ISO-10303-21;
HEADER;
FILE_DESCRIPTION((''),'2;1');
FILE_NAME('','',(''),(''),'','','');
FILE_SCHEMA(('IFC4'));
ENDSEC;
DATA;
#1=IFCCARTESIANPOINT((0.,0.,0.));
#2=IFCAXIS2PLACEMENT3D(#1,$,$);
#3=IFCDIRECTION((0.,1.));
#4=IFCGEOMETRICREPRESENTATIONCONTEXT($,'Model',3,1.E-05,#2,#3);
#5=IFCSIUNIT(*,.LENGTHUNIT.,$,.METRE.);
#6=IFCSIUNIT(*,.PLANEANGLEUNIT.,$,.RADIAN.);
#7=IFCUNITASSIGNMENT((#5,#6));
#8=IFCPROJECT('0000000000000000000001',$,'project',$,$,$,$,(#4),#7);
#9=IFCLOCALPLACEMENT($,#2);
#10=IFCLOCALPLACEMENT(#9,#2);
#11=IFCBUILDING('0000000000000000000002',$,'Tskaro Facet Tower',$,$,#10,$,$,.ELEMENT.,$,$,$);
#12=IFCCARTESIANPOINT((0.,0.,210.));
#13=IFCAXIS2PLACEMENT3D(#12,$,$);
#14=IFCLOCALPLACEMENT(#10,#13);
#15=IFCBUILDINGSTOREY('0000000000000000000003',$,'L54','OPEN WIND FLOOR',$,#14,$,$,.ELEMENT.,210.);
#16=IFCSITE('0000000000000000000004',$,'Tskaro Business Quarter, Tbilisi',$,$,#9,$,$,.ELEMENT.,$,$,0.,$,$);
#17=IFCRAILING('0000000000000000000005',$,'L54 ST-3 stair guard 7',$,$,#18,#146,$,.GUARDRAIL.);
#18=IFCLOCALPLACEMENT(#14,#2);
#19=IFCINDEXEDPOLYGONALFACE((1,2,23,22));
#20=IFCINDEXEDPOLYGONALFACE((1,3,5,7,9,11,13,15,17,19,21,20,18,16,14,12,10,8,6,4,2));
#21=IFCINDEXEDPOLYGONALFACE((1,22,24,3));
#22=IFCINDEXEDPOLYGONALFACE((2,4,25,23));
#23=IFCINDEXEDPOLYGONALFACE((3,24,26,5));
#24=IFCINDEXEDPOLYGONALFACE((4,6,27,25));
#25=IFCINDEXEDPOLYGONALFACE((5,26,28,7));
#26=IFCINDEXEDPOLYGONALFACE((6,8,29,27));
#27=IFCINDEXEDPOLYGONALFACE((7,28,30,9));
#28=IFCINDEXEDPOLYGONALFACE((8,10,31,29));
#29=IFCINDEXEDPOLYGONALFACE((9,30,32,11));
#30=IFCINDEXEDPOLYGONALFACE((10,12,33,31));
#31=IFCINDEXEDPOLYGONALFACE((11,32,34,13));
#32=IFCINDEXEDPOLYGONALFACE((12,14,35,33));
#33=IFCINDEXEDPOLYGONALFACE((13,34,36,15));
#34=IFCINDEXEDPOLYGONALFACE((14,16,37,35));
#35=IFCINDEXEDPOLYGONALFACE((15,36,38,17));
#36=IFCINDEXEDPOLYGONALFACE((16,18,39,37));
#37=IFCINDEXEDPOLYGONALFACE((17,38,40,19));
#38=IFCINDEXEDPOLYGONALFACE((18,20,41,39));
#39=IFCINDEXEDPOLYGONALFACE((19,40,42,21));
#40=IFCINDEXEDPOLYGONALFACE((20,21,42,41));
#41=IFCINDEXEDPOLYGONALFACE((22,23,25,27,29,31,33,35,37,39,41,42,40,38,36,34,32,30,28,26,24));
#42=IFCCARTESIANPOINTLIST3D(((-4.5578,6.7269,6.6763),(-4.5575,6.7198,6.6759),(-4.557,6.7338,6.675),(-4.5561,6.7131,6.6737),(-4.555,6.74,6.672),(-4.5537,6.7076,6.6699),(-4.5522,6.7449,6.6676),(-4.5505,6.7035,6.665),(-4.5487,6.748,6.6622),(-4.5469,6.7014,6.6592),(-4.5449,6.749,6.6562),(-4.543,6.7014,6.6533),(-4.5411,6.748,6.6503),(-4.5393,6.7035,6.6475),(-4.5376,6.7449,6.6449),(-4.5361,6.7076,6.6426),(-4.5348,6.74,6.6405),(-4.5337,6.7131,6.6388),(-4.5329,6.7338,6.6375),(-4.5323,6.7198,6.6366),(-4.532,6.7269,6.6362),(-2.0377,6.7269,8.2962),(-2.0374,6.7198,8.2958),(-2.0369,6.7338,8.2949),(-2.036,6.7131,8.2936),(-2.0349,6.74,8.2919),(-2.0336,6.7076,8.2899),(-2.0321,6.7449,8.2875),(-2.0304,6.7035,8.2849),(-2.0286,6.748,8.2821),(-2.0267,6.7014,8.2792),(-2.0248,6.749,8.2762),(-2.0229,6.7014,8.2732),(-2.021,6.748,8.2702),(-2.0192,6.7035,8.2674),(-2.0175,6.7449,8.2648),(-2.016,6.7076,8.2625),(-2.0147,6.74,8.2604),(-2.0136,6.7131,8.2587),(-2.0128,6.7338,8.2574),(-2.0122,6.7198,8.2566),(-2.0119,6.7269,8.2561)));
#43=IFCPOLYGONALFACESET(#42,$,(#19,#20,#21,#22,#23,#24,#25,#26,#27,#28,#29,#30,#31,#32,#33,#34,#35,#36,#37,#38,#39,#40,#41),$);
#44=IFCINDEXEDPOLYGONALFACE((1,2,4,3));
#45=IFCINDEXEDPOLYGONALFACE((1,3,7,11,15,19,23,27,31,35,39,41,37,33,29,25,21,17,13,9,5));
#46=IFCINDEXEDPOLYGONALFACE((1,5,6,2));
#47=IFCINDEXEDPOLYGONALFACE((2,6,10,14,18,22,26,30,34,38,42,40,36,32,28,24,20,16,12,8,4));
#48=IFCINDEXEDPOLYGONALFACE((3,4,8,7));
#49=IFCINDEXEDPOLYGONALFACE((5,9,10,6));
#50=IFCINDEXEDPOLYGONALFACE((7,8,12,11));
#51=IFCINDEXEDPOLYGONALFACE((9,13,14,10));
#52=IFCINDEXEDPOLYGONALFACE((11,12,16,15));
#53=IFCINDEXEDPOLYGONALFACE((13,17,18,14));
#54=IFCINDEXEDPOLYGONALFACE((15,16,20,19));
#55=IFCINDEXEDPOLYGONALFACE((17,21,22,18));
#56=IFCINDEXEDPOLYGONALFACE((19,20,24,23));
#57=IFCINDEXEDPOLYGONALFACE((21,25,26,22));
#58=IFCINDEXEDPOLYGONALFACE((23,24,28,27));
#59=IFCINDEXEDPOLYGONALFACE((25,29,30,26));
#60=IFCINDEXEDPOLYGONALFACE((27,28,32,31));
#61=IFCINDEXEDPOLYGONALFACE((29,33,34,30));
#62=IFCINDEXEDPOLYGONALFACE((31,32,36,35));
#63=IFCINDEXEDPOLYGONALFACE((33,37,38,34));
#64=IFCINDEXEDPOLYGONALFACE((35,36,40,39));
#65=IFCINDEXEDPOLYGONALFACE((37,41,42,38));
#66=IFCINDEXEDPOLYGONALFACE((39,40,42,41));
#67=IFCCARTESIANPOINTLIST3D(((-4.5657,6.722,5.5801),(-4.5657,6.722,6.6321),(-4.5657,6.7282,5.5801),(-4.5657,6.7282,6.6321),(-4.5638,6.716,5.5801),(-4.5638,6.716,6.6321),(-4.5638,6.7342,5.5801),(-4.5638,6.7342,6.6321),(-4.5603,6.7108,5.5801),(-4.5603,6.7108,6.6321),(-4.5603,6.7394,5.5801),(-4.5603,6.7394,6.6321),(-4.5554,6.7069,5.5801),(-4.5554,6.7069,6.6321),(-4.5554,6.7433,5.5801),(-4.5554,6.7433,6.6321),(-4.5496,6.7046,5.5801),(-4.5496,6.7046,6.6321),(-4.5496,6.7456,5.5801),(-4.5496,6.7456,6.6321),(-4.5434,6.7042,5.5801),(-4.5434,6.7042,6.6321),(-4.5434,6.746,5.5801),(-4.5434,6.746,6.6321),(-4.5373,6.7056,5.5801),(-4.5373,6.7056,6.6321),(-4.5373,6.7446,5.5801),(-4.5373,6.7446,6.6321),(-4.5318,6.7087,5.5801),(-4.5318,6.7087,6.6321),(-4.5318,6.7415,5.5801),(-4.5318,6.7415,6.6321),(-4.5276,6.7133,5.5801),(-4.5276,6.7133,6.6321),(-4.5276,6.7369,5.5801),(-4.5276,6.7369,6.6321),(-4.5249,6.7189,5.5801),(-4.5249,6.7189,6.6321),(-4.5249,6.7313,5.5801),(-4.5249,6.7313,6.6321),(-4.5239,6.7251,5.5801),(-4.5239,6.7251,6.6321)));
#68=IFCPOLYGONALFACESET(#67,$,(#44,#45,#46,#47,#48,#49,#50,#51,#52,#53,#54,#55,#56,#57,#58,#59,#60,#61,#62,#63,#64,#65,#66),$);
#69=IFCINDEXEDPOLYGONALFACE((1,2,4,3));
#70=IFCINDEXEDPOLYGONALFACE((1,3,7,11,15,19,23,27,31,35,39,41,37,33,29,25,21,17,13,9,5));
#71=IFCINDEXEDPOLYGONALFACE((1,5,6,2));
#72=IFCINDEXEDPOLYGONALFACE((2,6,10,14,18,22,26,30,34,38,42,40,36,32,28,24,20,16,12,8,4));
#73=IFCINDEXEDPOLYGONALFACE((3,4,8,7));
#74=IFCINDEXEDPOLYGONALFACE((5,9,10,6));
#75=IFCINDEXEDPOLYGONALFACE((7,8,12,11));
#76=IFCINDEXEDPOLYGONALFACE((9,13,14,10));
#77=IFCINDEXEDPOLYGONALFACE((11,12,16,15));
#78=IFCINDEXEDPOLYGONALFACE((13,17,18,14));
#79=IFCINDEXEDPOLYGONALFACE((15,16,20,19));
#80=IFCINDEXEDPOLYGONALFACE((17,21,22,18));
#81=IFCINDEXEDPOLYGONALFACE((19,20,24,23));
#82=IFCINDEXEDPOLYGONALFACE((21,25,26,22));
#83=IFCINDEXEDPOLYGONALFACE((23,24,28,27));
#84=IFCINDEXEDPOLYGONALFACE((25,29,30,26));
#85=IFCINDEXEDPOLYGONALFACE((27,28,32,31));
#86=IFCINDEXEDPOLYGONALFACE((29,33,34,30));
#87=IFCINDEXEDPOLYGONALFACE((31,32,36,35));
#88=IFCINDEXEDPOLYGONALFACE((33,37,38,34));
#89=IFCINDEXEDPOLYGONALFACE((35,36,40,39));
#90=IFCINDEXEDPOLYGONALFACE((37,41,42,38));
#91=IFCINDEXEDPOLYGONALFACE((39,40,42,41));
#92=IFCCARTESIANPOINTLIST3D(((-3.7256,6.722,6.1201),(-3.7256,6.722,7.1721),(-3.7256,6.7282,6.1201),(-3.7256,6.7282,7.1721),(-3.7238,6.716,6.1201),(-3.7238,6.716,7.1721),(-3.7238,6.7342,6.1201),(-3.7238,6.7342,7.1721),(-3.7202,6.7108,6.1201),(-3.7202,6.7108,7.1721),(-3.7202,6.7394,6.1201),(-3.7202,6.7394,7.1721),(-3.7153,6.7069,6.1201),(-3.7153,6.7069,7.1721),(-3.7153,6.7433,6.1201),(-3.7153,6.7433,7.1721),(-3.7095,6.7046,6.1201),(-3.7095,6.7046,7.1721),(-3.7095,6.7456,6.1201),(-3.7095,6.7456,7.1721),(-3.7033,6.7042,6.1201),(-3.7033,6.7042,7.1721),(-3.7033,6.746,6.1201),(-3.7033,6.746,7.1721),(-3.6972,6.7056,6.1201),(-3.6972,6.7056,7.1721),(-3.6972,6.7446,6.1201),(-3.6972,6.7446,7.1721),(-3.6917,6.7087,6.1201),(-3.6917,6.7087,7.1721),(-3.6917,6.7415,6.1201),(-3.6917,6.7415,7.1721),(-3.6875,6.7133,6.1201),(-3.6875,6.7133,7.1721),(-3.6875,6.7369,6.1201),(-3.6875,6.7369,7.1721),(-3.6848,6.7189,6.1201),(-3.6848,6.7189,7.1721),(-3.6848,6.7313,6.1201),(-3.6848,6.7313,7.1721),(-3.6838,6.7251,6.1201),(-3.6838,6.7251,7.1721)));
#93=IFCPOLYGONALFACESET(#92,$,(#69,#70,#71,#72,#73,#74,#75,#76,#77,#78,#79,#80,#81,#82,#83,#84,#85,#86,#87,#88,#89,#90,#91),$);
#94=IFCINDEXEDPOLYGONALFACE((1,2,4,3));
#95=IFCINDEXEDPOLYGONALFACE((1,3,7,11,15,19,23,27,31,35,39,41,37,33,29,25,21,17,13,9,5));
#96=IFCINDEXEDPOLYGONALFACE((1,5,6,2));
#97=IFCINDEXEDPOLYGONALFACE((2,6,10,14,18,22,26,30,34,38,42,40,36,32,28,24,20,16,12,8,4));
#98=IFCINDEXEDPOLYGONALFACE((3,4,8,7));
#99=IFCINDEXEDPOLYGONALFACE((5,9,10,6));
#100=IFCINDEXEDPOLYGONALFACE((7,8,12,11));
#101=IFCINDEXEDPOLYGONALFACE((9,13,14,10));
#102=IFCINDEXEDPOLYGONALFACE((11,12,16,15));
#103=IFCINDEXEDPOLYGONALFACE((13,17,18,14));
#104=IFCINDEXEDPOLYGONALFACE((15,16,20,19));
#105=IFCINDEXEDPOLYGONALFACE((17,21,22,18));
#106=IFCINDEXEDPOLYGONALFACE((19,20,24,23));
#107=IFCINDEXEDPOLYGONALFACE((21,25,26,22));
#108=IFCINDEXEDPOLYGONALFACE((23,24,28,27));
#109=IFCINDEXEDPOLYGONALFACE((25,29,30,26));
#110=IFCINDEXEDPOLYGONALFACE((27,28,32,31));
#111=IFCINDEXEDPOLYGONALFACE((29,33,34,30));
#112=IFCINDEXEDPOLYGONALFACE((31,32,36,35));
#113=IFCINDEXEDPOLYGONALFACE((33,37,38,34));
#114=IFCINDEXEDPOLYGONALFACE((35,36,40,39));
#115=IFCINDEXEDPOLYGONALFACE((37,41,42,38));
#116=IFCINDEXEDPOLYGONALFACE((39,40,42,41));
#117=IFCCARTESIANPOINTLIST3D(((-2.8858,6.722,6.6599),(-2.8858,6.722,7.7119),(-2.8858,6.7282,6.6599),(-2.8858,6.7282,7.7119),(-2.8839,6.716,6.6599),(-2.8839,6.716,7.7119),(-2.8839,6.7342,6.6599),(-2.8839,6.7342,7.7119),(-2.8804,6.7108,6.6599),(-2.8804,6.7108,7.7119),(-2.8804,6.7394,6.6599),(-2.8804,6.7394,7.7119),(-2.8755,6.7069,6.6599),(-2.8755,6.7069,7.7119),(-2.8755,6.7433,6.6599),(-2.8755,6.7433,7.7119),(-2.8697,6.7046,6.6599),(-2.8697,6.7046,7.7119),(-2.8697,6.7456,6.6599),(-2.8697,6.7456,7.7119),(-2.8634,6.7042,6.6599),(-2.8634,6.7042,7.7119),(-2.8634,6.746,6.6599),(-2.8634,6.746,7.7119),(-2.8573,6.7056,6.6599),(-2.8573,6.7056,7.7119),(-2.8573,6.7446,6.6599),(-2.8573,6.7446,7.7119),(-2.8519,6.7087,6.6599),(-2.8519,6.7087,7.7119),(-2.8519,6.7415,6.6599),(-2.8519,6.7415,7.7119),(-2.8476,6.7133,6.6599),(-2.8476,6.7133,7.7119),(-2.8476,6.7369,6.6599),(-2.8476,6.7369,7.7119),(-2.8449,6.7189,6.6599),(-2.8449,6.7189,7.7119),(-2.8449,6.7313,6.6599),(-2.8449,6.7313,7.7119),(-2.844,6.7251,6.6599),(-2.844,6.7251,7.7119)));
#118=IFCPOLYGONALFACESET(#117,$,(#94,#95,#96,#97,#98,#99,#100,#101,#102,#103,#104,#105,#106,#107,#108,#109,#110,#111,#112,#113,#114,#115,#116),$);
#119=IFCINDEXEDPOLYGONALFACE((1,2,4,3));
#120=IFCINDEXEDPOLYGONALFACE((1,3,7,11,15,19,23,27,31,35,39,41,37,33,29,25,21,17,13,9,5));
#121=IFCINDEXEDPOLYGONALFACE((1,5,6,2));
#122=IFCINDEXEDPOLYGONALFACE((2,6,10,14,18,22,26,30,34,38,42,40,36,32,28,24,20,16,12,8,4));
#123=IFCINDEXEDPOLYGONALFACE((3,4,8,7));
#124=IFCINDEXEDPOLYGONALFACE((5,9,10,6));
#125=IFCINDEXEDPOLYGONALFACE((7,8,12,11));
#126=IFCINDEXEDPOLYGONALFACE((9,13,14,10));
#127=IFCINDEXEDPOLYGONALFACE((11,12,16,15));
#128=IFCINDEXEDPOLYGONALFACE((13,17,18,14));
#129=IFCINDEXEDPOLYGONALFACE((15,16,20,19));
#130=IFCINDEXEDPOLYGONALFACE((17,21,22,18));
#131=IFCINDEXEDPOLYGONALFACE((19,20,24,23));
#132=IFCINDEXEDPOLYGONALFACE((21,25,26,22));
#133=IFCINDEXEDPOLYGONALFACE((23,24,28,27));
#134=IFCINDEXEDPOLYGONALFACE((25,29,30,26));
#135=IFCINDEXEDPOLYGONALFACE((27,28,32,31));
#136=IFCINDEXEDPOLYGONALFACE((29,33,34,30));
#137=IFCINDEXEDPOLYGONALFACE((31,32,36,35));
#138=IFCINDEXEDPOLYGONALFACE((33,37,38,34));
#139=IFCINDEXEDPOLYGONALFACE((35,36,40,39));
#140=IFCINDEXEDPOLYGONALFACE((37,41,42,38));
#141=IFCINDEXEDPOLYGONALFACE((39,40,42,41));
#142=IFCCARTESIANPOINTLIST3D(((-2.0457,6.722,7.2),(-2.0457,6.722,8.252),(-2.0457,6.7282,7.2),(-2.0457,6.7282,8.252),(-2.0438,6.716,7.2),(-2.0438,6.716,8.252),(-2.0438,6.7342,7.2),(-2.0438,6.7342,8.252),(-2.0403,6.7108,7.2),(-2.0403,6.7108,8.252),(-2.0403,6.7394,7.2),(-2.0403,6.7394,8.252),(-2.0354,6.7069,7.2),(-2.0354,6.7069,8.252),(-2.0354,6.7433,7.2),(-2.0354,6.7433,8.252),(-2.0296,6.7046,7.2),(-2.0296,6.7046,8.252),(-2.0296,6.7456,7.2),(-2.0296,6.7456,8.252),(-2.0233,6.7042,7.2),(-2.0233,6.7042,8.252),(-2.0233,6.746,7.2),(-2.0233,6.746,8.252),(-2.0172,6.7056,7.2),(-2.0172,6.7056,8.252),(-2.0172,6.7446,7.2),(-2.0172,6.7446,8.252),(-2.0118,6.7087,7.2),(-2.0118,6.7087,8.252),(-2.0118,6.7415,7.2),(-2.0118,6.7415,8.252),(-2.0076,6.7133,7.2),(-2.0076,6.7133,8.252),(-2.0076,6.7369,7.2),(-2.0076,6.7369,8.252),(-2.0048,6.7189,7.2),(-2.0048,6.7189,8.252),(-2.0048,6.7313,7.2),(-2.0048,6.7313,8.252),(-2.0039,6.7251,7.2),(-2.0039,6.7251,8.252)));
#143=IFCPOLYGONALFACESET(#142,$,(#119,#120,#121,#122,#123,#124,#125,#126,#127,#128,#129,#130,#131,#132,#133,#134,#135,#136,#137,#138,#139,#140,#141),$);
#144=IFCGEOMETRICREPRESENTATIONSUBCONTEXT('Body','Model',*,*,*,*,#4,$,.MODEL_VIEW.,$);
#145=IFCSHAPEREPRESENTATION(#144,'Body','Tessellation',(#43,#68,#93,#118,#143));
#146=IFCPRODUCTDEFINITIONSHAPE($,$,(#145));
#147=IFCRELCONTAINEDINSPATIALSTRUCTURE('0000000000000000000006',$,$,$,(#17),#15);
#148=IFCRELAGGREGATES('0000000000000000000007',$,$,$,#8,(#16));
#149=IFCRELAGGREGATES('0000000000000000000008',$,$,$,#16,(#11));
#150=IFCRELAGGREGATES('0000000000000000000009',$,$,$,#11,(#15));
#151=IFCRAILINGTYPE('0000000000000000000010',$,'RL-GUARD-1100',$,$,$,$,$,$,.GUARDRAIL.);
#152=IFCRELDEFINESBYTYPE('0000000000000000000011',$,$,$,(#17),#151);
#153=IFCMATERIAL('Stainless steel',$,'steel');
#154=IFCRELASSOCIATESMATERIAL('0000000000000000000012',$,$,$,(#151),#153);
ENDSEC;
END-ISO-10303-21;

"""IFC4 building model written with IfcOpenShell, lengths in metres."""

from ifc_helpers import new_model, si_unit, direction, frame, origin, origin_2d, place, context, subcontext, project, spatial, circle, extrude, material, type_object, element, save


model = new_model("IFC4")

# Units and contexts
model_context = context("Model", 3, precision=1e-05, world=origin(), true_north=direction((0.0, 1.0)))
body_context = subcontext(model_context, "Body", "Model", "MODEL_VIEW")
ifc_project = project(units=[si_unit("LENGTHUNIT", "METRE"), si_unit("PLANEANGLEUNIT", "RADIAN")], contexts=[model_context])

# Site, building, storey
site_placement = place(None, origin())
site = spatial("IfcSite", under=ifc_project, at=site_placement, Name="Tskaro Business Quarter, Tbilisi", CompositionType="ELEMENT", RefElevation=0.0)
building_placement = place(site_placement, origin())
building = spatial("IfcBuilding", under=site, at=building_placement, Name="Tskaro Facet Tower", CompositionType="ELEMENT")
storey_placement = place(building_placement, frame((0.0, 0.0, 210.0)))
storey = spatial("IfcBuildingStorey", under=building, at=storey_placement, Name="L54", Description="OPEN WIND FLOOR", CompositionType="ELEMENT", Elevation=210.0)

# Railing
ifc_material_1 = material(Name="Stainless steel", Category="steel")
railing_type_1 = type_object("IfcRailingType", Name="RL-GUARD-1100", PredefinedType="GUARDRAIL", material=ifc_material_1)
railing_1_placement = place(storey_placement, frame((-4.5449, 6.7251, 5.5801)))
element("IfcRailing", 1, at=railing_1_placement, inside=storey, type_object=railing_type_1, Name="L54 ST-3 stair guard 7", PredefinedType="GUARDRAIL", context=body_context, shape_type="SweptSolid", body=[
    extrude(circle(Radius=0.0239, at=origin_2d()), frame((0.0, 0.0, 1.0762), z_axis=(0.8412, 0.0, 0.540725), x_axis=(0.0, 1.0, 0.0)), (0.0, 0.0, 1.0), 2.9958),
    extrude(circle(Radius=0.021, at=origin_2d()), origin(), (0.0, 0.0, 1.0), 1.052),
    extrude(circle(Radius=0.021, at=origin_2d()), frame((0.8401, 0.0, 0.54)), (0.0, 0.0, 1.0), 1.052),
    extrude(circle(Radius=0.021, at=origin_2d()), frame((1.6799, 0.0, 1.0798)), (0.0, 0.0, 1.0), 1.052),
    extrude(circle(Radius=0.021, at=origin_2d()), frame((2.52, 0.0, 1.6199)), (0.0, 0.0, 1.0), 1.052),
])

save(model, "model.ifc")
